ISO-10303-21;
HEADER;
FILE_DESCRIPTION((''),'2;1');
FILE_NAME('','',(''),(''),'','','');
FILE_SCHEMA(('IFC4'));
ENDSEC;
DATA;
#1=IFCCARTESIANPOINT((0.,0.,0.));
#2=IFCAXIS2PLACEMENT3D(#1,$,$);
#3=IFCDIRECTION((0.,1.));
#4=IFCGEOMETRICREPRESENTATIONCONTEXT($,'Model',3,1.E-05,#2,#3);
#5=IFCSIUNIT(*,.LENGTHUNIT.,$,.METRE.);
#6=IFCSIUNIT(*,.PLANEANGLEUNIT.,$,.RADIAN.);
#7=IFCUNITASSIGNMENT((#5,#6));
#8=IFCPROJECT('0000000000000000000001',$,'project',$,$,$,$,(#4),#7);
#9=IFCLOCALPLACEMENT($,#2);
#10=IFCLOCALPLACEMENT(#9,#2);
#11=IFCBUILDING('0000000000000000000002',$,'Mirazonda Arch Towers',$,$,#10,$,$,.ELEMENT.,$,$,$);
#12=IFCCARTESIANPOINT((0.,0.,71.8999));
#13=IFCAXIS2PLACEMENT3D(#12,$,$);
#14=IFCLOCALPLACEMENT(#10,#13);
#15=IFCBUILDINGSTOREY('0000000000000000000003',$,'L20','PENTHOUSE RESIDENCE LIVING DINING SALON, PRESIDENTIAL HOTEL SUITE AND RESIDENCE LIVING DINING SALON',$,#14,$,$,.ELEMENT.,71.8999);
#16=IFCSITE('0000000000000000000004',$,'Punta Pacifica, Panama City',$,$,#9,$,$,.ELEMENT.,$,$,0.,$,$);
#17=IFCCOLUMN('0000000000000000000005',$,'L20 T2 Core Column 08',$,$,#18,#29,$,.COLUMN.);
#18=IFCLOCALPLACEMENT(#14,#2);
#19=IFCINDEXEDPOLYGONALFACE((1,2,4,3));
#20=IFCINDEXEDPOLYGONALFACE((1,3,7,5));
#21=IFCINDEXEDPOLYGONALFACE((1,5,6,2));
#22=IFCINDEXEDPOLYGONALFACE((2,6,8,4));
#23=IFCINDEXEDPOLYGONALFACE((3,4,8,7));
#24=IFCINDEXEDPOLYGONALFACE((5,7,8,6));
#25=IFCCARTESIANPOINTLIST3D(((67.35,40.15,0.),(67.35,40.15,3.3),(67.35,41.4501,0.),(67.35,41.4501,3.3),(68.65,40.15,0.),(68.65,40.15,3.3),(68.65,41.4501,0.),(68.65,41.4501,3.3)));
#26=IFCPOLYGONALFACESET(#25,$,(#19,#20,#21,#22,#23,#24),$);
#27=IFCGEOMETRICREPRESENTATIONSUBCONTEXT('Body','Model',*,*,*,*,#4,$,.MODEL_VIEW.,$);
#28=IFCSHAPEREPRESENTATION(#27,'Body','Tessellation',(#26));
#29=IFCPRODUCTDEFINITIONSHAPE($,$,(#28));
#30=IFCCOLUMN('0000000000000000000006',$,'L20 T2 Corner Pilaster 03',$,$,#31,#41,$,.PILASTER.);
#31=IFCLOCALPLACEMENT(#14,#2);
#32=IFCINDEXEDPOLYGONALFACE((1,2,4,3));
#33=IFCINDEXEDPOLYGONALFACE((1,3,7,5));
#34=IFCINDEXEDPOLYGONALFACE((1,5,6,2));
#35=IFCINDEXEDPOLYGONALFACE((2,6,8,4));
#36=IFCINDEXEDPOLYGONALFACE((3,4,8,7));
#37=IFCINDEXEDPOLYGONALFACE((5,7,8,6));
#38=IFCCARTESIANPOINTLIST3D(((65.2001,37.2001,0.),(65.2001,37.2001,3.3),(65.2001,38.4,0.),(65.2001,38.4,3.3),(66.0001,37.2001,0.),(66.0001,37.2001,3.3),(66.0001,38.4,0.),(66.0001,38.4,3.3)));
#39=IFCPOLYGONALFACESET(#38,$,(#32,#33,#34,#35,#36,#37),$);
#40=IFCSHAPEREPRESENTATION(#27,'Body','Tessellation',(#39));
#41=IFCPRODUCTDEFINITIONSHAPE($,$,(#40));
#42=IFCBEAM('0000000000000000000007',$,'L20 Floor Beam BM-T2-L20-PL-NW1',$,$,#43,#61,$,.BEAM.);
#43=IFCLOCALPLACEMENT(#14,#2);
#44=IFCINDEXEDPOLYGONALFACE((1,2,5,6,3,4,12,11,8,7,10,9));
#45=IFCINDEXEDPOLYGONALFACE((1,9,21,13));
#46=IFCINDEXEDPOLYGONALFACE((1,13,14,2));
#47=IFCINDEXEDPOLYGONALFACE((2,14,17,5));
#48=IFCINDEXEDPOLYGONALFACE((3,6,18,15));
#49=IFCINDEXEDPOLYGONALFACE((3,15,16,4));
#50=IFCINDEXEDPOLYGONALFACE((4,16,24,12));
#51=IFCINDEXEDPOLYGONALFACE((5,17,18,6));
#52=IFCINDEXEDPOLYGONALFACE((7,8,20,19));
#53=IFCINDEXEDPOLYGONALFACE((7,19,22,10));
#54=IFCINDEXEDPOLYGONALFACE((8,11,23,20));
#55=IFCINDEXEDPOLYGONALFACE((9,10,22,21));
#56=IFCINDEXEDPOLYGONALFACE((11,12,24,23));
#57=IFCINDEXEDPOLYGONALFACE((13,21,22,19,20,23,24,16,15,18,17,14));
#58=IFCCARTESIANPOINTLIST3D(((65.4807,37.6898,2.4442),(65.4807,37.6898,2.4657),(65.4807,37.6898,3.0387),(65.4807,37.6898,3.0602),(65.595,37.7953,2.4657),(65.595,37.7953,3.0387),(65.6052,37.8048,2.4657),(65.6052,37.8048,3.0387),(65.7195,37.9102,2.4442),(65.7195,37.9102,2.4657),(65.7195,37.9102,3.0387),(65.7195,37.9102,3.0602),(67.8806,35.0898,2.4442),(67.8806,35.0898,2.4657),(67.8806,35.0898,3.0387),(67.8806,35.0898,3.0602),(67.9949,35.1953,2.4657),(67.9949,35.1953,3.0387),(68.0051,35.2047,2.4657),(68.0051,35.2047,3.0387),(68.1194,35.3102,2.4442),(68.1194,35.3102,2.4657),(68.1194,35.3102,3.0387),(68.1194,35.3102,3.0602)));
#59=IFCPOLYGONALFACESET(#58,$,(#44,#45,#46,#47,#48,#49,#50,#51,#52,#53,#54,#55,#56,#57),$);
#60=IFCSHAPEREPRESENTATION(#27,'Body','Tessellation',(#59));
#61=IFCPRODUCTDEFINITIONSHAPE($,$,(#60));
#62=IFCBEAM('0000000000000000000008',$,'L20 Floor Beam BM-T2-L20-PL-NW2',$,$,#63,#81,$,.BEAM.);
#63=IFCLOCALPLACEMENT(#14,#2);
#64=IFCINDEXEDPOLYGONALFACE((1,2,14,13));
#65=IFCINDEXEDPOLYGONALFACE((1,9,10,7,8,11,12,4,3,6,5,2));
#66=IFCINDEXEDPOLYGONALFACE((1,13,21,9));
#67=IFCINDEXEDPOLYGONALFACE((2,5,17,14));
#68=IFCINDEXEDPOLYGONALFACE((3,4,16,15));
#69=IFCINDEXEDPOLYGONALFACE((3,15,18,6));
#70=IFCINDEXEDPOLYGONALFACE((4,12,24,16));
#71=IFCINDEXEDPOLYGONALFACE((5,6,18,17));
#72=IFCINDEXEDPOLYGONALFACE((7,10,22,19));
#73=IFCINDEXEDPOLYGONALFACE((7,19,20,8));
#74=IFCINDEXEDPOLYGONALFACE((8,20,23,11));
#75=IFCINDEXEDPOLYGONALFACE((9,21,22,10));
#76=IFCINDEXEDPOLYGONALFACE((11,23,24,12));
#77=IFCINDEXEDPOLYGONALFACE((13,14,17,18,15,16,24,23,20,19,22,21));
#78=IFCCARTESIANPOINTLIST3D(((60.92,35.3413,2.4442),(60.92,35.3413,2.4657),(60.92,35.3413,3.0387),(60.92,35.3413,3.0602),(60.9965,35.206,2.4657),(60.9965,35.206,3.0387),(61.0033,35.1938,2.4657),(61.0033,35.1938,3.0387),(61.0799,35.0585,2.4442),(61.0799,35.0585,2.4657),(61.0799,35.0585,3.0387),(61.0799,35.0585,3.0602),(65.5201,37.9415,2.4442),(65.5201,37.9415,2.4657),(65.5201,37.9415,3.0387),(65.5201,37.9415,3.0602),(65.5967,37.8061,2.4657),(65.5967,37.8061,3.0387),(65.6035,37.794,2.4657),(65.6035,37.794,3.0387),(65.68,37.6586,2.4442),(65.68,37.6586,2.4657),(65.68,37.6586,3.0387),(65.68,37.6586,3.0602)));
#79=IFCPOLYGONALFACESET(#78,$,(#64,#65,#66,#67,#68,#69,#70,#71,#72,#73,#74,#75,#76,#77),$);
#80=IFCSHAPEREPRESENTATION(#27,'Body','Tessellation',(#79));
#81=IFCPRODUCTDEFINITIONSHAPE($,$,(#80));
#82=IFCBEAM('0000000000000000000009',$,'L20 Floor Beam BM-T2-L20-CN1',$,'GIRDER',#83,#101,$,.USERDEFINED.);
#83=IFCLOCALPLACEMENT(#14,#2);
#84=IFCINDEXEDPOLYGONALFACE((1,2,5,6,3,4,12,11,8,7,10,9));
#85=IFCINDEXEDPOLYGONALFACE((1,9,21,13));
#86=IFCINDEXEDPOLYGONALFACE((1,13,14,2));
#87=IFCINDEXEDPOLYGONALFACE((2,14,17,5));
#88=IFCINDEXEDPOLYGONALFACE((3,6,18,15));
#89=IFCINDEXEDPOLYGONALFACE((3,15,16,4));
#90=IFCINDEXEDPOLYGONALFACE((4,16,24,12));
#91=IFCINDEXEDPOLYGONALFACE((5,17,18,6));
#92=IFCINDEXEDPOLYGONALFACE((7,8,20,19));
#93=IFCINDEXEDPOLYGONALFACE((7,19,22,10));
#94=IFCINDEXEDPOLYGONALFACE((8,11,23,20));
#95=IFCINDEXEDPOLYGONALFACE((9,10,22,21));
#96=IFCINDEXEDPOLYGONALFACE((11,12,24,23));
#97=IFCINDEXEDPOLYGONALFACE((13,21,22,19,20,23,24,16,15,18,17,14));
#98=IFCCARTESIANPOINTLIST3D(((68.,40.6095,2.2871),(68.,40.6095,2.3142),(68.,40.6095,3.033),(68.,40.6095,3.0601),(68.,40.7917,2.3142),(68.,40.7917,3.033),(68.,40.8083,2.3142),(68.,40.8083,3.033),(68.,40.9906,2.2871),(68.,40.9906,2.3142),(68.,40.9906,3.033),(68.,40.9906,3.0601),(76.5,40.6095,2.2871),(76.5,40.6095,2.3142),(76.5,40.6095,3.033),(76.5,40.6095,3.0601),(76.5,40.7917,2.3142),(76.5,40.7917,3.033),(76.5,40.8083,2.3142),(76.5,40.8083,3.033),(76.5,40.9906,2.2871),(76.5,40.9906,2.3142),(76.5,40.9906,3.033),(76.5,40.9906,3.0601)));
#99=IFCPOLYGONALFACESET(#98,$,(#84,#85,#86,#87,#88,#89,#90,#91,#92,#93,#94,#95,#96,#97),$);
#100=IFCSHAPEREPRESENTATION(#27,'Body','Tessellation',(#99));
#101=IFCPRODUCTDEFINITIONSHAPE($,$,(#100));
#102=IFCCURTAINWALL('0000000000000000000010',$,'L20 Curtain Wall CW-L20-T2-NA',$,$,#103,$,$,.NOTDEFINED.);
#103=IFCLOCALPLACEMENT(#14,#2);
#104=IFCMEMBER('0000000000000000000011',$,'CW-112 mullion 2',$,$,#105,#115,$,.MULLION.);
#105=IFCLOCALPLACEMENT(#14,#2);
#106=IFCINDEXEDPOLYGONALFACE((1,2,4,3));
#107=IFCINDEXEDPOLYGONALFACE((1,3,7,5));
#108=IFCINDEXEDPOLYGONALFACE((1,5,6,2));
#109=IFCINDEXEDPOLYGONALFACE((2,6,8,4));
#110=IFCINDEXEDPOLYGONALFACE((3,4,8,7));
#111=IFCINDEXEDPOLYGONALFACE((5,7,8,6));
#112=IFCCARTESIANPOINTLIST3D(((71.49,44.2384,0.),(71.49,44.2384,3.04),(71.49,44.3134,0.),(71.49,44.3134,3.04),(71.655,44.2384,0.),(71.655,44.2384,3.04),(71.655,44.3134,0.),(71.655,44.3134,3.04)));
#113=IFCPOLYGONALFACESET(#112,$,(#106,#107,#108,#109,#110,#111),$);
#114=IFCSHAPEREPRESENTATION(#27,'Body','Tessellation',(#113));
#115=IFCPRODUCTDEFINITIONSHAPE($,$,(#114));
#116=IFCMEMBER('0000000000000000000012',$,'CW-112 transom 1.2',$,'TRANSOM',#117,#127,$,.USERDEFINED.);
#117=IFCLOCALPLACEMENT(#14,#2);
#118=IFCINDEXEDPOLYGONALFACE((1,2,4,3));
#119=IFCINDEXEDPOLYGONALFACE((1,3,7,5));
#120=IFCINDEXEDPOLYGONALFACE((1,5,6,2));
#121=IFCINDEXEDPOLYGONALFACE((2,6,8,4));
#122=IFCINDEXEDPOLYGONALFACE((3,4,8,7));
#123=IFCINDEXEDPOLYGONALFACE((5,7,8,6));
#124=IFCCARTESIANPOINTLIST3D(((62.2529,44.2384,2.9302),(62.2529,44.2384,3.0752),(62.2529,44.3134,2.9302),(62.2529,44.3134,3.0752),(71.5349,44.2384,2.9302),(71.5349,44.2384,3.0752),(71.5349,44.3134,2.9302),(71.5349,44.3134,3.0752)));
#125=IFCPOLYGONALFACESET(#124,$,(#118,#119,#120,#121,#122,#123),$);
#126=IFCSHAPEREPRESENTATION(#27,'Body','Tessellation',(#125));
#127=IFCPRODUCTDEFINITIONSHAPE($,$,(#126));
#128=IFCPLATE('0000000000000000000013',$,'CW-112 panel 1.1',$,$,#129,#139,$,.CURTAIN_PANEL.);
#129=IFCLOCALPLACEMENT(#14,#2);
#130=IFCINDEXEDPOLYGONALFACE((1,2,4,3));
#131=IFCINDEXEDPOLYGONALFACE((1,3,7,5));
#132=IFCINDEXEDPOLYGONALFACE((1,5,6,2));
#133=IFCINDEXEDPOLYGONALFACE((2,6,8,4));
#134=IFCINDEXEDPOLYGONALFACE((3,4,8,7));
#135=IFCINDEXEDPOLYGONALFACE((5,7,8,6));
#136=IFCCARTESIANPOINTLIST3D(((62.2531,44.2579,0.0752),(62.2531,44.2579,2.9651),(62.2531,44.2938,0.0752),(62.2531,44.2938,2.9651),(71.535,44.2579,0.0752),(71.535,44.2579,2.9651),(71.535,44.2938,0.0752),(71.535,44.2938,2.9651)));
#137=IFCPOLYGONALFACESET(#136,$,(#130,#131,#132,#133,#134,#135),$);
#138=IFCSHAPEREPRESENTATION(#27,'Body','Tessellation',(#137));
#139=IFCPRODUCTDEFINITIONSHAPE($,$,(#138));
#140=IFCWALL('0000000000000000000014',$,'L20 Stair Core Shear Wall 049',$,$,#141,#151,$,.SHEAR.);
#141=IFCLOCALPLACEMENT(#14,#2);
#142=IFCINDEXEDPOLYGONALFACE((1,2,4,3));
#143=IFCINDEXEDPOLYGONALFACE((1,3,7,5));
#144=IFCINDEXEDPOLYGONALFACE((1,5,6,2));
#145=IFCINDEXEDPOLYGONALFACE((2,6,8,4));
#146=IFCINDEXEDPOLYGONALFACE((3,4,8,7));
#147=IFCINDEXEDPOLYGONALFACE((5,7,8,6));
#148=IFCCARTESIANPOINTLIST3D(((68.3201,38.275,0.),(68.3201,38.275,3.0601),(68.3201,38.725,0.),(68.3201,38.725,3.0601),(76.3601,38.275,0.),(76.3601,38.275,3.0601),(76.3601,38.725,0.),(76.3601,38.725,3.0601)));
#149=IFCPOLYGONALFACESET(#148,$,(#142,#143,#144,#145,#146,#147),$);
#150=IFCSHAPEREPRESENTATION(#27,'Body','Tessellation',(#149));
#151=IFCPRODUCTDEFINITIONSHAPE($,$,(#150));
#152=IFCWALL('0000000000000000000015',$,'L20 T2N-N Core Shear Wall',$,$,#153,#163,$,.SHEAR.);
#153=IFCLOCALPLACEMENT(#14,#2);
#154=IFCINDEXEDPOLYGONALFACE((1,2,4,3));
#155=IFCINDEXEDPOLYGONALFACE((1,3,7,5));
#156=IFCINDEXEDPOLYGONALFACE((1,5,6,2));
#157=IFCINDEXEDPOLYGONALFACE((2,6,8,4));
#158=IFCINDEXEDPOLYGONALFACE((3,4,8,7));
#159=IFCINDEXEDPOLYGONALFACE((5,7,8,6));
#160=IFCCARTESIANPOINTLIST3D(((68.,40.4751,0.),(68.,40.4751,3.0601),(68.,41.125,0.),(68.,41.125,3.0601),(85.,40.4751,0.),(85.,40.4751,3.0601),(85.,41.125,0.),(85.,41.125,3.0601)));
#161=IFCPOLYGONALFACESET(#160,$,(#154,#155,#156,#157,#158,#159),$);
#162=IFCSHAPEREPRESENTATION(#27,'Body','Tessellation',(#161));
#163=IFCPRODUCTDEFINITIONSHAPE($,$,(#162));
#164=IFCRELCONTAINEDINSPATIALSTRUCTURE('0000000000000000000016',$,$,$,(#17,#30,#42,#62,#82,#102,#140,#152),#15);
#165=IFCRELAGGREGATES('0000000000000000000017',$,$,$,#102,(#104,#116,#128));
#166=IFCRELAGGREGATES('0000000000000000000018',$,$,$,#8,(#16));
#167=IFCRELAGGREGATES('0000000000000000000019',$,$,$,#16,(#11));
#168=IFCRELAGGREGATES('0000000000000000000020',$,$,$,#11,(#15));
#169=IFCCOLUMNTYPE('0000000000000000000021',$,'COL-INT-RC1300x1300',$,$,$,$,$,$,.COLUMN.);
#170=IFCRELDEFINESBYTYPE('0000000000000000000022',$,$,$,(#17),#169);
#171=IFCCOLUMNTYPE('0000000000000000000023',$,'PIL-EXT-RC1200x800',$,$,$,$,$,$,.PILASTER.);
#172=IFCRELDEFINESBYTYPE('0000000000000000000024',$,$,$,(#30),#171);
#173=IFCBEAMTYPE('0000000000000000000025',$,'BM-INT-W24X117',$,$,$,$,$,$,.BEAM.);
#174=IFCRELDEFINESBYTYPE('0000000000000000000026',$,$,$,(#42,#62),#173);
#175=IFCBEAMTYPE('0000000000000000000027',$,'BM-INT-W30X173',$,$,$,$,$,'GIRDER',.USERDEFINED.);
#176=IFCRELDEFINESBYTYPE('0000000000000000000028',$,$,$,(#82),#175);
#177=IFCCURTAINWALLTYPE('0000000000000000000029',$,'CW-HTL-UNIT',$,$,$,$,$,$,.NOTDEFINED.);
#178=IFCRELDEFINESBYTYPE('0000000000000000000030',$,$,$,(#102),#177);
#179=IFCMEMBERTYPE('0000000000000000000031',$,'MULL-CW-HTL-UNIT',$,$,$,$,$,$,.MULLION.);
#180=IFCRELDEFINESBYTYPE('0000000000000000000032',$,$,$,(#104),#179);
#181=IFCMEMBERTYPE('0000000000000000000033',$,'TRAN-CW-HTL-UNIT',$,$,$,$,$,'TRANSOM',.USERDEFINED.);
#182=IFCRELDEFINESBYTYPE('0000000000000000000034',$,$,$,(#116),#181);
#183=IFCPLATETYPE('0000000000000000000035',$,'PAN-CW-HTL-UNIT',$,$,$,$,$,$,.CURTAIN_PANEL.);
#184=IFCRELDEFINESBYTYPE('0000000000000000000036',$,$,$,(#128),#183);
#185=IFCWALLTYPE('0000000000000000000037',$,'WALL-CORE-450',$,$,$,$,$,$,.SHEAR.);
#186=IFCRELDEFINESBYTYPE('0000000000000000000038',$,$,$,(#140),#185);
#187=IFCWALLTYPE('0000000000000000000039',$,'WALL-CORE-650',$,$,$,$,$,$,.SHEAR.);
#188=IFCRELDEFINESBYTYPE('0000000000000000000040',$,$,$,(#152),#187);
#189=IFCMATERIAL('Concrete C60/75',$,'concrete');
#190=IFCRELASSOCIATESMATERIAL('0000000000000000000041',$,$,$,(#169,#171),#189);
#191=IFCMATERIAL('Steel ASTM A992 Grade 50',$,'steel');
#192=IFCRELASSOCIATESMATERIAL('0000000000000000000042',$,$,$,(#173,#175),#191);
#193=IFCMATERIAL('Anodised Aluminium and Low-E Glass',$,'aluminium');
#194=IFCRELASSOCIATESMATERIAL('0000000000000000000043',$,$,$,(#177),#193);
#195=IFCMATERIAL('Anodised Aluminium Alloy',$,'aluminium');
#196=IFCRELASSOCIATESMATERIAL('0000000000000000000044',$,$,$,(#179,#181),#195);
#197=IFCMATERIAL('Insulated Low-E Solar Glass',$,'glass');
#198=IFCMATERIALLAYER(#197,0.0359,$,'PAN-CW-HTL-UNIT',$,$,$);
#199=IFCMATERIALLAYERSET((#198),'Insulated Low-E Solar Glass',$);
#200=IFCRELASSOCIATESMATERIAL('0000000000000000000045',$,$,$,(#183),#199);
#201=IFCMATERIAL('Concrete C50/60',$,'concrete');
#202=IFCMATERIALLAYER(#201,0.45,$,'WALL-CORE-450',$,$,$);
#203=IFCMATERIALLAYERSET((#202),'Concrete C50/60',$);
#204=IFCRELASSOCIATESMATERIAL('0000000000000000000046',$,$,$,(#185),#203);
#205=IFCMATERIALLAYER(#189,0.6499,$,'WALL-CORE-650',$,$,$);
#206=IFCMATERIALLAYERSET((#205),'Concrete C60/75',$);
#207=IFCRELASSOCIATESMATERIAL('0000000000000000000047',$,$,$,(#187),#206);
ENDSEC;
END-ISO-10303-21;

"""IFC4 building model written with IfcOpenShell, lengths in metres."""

from ifc_helpers import new_model, si_unit, direction, frame, frame_2d, origin, origin_2d, place, context, subcontext, project, spatial, rectangle, i_section, extrude, material, layer, layer_set, material_profile, profile_set, type_object, element, aggregate, save


model = new_model("IFC4")

# Units and contexts
model_context = context("Model", 3, precision=1e-05, world=origin(), true_north=direction((0.0, 1.0)))
body_context = subcontext(model_context, "Body", "Model", "MODEL_VIEW")
ifc_project = project(units=[si_unit("LENGTHUNIT", "METRE"), si_unit("PLANEANGLEUNIT", "RADIAN")], contexts=[model_context])

# Site, building, storey
site_placement = place(None, origin())
site = spatial("IfcSite", under=ifc_project, at=site_placement, Name="Punta Pacifica, Panama City", CompositionType="ELEMENT", RefElevation=0.0)
building_placement = place(site_placement, origin())
building = spatial("IfcBuilding", under=site, at=building_placement, Name="Mirazonda Arch Towers", CompositionType="ELEMENT")
storey_placement = place(building_placement, frame((0.0, 0.0, 71.8999)))
storey = spatial("IfcBuildingStorey", under=building, at=storey_placement, Name="L20", Description="PENTHOUSE RESIDENCE LIVING DINING SALON, PRESIDENTIAL HOTEL SUITE AND RESIDENCE LIVING DINING SALON", CompositionType="ELEMENT", Elevation=71.8999)

# Columns
ifc_material_1 = material(Name="Concrete C60/75", Category="concrete")
ifc_material_profile_1 = material_profile(ifc_material_1, rectangle(XDim=1.3, YDim=1.3, at=origin_2d()), Name="RC1300x1300")
ifc_profile_set_1 = profile_set([ifc_material_profile_1], Name="Concrete C60/75")
column_type_1 = type_object("IfcColumnType", Name="COL-INT-RC1300x1300", PredefinedType="COLUMN", material=ifc_profile_set_1)
column_1_placement = place(storey_placement, frame((68.0, 40.8, 0.0), z_axis=(0.0, 0.0, 1.0), x_axis=(1.0, 0.0, 0.0)))
element("IfcColumn", 1, at=column_1_placement, inside=storey, type_object=column_type_1, Name="L20 T2 Core Column 08", PredefinedType="COLUMN", context=body_context, shape_type="SweptSolid", body=[
    extrude(rectangle(XDim=1.3, YDim=1.3, at=origin_2d()), origin(), (0.0, 0.0, 1.0), 3.3),
])
ifc_material_profile_2 = material_profile(ifc_material_1, rectangle(XDim=0.8, YDim=1.2, at=origin_2d()), Name="RC1200x800")
ifc_profile_set_2 = profile_set([ifc_material_profile_2], Name="Concrete C60/75")
column_type_2 = type_object("IfcColumnType", Name="PIL-EXT-RC1200x800", PredefinedType="PILASTER", material=ifc_profile_set_2)
column_2_placement = place(storey_placement, frame((65.6001, 37.8, 0.0), z_axis=(0.0, 0.0, 1.0), x_axis=(1.0, 0.0, 0.0)))
element("IfcColumn", 2, at=column_2_placement, inside=storey, type_object=column_type_2, Name="L20 T2 Corner Pilaster 03", PredefinedType="PILASTER", context=body_context, shape_type="SweptSolid", body=[
    extrude(rectangle(XDim=0.8, YDim=1.2, at=origin_2d()), origin(), (0.0, 0.0, 1.0), 3.3),
])

# Beams
ifc_material_2 = material(Name="Steel ASTM A992 Grade 50", Category="steel")
ifc_material_profile_3 = material_profile(ifc_material_2, i_section(OverallWidth=0.325, OverallDepth=0.616, WebThickness=0.0139, FlangeThickness=0.0215, at=origin_2d()), Name="W24X117")
ifc_profile_set_3 = profile_set([ifc_material_profile_3], Name="Steel ASTM A992 Grade 50")
beam_type_1 = type_object("IfcBeamType", Name="BM-INT-W24X117", PredefinedType="BEAM", material=ifc_profile_set_3)
beam_1_placement = place(storey_placement, frame((65.6001, 37.8, 2.7522), z_axis=(0.678251, -0.73483, 0.0), x_axis=(0.73483, 0.678251, 0.0)))
element("IfcBeam", 3, at=beam_1_placement, inside=storey, type_object=beam_type_1, Name="L20 Floor Beam BM-T2-L20-PL-NW1", PredefinedType="BEAM", context=body_context, shape_type="SweptSolid", body=[
    extrude(i_section(OverallWidth=0.325, OverallDepth=0.616, WebThickness=0.0139, FlangeThickness=0.0215, at=origin_2d()), origin(), (0.0, 0.0, 1.0), 3.5383),
])
beam_2_placement = place(storey_placement, frame((65.6001, 37.8, 2.7522), z_axis=(-0.870559, -0.492063, 0.0), x_axis=(0.492063, -0.870559, 0.0)))
element("IfcBeam", 4, at=beam_2_placement, inside=storey, type_object=beam_type_1, Name="L20 Floor Beam BM-T2-L20-PL-NW2", PredefinedType="BEAM", context=body_context, shape_type="SweptSolid", body=[
    extrude(i_section(OverallWidth=0.325, OverallDepth=0.616, WebThickness=0.0139, FlangeThickness=0.0215, at=origin_2d()), origin(), (0.0, 0.0, 1.0), 5.2842),
])
ifc_material_profile_4 = material_profile(ifc_material_2, i_section(OverallWidth=0.3811, OverallDepth=0.7729, WebThickness=0.0166, FlangeThickness=0.0271, at=origin_2d()), Name="W30X173")
ifc_profile_set_4 = profile_set([ifc_material_profile_4], Name="Steel ASTM A992 Grade 50")
beam_type_2 = type_object("IfcBeamType", Name="BM-INT-W30X173", ElementType="GIRDER", PredefinedType="USERDEFINED", material=ifc_profile_set_4)
beam_3_placement = place(storey_placement, frame((68.0, 40.8, 2.6736), z_axis=(1.0, 0.0, 0.0), x_axis=(0.0, 1.0, 0.0)))
element("IfcBeam", 5, at=beam_3_placement, inside=storey, type_object=beam_type_2, Name="L20 Floor Beam BM-T2-L20-CN1", ObjectType="GIRDER", PredefinedType="USERDEFINED", context=body_context, shape_type="SweptSolid", body=[
    extrude(i_section(OverallWidth=0.3811, OverallDepth=0.7729, WebThickness=0.0166, FlangeThickness=0.0271, at=origin_2d()), origin(), (0.0, 0.0, 1.0), 8.5),
])

# Curtain wall, members, plate
ifc_material_3 = material(Name="Anodised Aluminium and Low-E Glass", Category="aluminium")
curtain_wall_type = type_object("IfcCurtainWallType", Name="CW-HTL-UNIT", PredefinedType="NOTDEFINED", material=ifc_material_3)
curtain_wall_placement = place(storey_placement, origin())
curtain_wall = element("IfcCurtainWall", 6, at=curtain_wall_placement, inside=storey, type_object=curtain_wall_type, Name="L20 Curtain Wall CW-L20-T2-NA", PredefinedType="NOTDEFINED")
ifc_material_4 = material(Name="Anodised Aluminium Alloy", Category="aluminium")
ifc_material_profile_5 = material_profile(ifc_material_4, rectangle(XDim=0.075, YDim=0.165, at=origin_2d()), Name="ALU-MULL-75x165")
ifc_profile_set_5 = profile_set([ifc_material_profile_5], Name="Anodised Aluminium Alloy")
member_type_1 = type_object("IfcMemberType", Name="MULL-CW-HTL-UNIT", PredefinedType="MULLION", material=ifc_profile_set_5)
member_1_placement = place(storey_placement, frame((71.5725, 44.2759, 0.0), z_axis=(0.0, 0.0, 1.0), x_axis=(0.0, 1.0, 0.0)))
member_1 = element("IfcMember", 7, at=member_1_placement, type_object=member_type_1, Name="CW-112 mullion 2", PredefinedType="MULLION", context=body_context, shape_type="SweptSolid", body=[
    extrude(rectangle(XDim=0.075, YDim=0.165, at=origin_2d()), origin(), (0.0, 0.0, 1.0), 3.04),
])
ifc_material_profile_6 = material_profile(ifc_material_4, rectangle(XDim=0.075, YDim=0.145, at=origin_2d()), Name="ALU-TRAN-75x145")
ifc_profile_set_6 = profile_set([ifc_material_profile_6], Name="Anodised Aluminium Alloy")
member_type_2 = type_object("IfcMemberType", Name="TRAN-CW-HTL-UNIT", ElementType="TRANSOM", PredefinedType="USERDEFINED", material=ifc_profile_set_6)
member_2_placement = place(storey_placement, frame((62.2529, 44.2759, 3.0027), z_axis=(1.0, 0.0, 0.0), x_axis=(0.0, 1.0, 0.0)))
member_2 = element("IfcMember", 8, at=member_2_placement, type_object=member_type_2, Name="CW-112 transom 1.2", ObjectType="TRANSOM", PredefinedType="USERDEFINED", context=body_context, shape_type="SweptSolid", body=[
    extrude(rectangle(XDim=0.075, YDim=0.145, at=origin_2d()), origin(), (0.0, 0.0, 1.0), 9.282),
])
ifc_material_5 = material(Name="Insulated Low-E Solar Glass", Category="glass")
ifc_layer_1 = layer(ifc_material_5, 0.0359, Name="PAN-CW-HTL-UNIT")
ifc_layer_set_1 = layer_set([ifc_layer_1], Name="Insulated Low-E Solar Glass")
plate_type = type_object("IfcPlateType", Name="PAN-CW-HTL-UNIT", PredefinedType="CURTAIN_PANEL", material=ifc_layer_set_1)
plate_placement = place(storey_placement, frame((66.894, 44.2759, 0.0752), z_axis=(0.0, 0.0, 1.0), x_axis=(1.0, 0.0, 0.0)))
plate = element("IfcPlate", 9, at=plate_placement, type_object=plate_type, Name="CW-112 panel 1.1", PredefinedType="CURTAIN_PANEL", context=body_context, shape_type="SweptSolid", body=[
    extrude(rectangle(XDim=9.282, YDim=0.0359, at=origin_2d()), origin(), (0.0, 0.0, 1.0), 2.8899),
])
aggregate(curtain_wall, [member_1, member_2, plate])

# Walls
ifc_material_6 = material(Name="Concrete C50/60", Category="concrete")
ifc_layer_2 = layer(ifc_material_6, 0.45, Name="WALL-CORE-450")
ifc_layer_set_2 = layer_set([ifc_layer_2], Name="Concrete C50/60")
wall_type_1 = type_object("IfcWallType", Name="WALL-CORE-450", PredefinedType="SHEAR", material=ifc_layer_set_2)
wall_1_placement = place(storey_placement, frame((68.3201, 38.5, 0.0), z_axis=(0.0, 0.0, 1.0), x_axis=(1.0, 0.0, 0.0)))
element("IfcWall", 10, at=wall_1_placement, inside=storey, type_object=wall_type_1, Name="L20 Stair Core Shear Wall 049", PredefinedType="SHEAR", context=body_context, shape_type="SweptSolid", body=[
    extrude(rectangle(XDim=8.04, YDim=0.45, at=frame_2d((4.02, 0.0))), origin(), (0.0, 0.0, 1.0), 3.0601),
])
ifc_layer_3 = layer(ifc_material_1, 0.6499, Name="WALL-CORE-650")
ifc_layer_set_3 = layer_set([ifc_layer_3], Name="Concrete C60/75")
wall_type_2 = type_object("IfcWallType", Name="WALL-CORE-650", PredefinedType="SHEAR", material=ifc_layer_set_3)
wall_2_placement = place(storey_placement, frame((68.0, 40.8, 0.0), z_axis=(0.0, 0.0, 1.0), x_axis=(1.0, 0.0, 0.0)))
element("IfcWall", 11, at=wall_2_placement, inside=storey, type_object=wall_type_2, Name="L20 T2N-N Core Shear Wall", PredefinedType="SHEAR", context=body_context, shape_type="SweptSolid", body=[
    extrude(rectangle(XDim=17.0, YDim=0.6499, at=frame_2d((8.5, 0.0))), origin(), (0.0, 0.0, 1.0), 3.0601),
])

save(model, "model.ifc")
